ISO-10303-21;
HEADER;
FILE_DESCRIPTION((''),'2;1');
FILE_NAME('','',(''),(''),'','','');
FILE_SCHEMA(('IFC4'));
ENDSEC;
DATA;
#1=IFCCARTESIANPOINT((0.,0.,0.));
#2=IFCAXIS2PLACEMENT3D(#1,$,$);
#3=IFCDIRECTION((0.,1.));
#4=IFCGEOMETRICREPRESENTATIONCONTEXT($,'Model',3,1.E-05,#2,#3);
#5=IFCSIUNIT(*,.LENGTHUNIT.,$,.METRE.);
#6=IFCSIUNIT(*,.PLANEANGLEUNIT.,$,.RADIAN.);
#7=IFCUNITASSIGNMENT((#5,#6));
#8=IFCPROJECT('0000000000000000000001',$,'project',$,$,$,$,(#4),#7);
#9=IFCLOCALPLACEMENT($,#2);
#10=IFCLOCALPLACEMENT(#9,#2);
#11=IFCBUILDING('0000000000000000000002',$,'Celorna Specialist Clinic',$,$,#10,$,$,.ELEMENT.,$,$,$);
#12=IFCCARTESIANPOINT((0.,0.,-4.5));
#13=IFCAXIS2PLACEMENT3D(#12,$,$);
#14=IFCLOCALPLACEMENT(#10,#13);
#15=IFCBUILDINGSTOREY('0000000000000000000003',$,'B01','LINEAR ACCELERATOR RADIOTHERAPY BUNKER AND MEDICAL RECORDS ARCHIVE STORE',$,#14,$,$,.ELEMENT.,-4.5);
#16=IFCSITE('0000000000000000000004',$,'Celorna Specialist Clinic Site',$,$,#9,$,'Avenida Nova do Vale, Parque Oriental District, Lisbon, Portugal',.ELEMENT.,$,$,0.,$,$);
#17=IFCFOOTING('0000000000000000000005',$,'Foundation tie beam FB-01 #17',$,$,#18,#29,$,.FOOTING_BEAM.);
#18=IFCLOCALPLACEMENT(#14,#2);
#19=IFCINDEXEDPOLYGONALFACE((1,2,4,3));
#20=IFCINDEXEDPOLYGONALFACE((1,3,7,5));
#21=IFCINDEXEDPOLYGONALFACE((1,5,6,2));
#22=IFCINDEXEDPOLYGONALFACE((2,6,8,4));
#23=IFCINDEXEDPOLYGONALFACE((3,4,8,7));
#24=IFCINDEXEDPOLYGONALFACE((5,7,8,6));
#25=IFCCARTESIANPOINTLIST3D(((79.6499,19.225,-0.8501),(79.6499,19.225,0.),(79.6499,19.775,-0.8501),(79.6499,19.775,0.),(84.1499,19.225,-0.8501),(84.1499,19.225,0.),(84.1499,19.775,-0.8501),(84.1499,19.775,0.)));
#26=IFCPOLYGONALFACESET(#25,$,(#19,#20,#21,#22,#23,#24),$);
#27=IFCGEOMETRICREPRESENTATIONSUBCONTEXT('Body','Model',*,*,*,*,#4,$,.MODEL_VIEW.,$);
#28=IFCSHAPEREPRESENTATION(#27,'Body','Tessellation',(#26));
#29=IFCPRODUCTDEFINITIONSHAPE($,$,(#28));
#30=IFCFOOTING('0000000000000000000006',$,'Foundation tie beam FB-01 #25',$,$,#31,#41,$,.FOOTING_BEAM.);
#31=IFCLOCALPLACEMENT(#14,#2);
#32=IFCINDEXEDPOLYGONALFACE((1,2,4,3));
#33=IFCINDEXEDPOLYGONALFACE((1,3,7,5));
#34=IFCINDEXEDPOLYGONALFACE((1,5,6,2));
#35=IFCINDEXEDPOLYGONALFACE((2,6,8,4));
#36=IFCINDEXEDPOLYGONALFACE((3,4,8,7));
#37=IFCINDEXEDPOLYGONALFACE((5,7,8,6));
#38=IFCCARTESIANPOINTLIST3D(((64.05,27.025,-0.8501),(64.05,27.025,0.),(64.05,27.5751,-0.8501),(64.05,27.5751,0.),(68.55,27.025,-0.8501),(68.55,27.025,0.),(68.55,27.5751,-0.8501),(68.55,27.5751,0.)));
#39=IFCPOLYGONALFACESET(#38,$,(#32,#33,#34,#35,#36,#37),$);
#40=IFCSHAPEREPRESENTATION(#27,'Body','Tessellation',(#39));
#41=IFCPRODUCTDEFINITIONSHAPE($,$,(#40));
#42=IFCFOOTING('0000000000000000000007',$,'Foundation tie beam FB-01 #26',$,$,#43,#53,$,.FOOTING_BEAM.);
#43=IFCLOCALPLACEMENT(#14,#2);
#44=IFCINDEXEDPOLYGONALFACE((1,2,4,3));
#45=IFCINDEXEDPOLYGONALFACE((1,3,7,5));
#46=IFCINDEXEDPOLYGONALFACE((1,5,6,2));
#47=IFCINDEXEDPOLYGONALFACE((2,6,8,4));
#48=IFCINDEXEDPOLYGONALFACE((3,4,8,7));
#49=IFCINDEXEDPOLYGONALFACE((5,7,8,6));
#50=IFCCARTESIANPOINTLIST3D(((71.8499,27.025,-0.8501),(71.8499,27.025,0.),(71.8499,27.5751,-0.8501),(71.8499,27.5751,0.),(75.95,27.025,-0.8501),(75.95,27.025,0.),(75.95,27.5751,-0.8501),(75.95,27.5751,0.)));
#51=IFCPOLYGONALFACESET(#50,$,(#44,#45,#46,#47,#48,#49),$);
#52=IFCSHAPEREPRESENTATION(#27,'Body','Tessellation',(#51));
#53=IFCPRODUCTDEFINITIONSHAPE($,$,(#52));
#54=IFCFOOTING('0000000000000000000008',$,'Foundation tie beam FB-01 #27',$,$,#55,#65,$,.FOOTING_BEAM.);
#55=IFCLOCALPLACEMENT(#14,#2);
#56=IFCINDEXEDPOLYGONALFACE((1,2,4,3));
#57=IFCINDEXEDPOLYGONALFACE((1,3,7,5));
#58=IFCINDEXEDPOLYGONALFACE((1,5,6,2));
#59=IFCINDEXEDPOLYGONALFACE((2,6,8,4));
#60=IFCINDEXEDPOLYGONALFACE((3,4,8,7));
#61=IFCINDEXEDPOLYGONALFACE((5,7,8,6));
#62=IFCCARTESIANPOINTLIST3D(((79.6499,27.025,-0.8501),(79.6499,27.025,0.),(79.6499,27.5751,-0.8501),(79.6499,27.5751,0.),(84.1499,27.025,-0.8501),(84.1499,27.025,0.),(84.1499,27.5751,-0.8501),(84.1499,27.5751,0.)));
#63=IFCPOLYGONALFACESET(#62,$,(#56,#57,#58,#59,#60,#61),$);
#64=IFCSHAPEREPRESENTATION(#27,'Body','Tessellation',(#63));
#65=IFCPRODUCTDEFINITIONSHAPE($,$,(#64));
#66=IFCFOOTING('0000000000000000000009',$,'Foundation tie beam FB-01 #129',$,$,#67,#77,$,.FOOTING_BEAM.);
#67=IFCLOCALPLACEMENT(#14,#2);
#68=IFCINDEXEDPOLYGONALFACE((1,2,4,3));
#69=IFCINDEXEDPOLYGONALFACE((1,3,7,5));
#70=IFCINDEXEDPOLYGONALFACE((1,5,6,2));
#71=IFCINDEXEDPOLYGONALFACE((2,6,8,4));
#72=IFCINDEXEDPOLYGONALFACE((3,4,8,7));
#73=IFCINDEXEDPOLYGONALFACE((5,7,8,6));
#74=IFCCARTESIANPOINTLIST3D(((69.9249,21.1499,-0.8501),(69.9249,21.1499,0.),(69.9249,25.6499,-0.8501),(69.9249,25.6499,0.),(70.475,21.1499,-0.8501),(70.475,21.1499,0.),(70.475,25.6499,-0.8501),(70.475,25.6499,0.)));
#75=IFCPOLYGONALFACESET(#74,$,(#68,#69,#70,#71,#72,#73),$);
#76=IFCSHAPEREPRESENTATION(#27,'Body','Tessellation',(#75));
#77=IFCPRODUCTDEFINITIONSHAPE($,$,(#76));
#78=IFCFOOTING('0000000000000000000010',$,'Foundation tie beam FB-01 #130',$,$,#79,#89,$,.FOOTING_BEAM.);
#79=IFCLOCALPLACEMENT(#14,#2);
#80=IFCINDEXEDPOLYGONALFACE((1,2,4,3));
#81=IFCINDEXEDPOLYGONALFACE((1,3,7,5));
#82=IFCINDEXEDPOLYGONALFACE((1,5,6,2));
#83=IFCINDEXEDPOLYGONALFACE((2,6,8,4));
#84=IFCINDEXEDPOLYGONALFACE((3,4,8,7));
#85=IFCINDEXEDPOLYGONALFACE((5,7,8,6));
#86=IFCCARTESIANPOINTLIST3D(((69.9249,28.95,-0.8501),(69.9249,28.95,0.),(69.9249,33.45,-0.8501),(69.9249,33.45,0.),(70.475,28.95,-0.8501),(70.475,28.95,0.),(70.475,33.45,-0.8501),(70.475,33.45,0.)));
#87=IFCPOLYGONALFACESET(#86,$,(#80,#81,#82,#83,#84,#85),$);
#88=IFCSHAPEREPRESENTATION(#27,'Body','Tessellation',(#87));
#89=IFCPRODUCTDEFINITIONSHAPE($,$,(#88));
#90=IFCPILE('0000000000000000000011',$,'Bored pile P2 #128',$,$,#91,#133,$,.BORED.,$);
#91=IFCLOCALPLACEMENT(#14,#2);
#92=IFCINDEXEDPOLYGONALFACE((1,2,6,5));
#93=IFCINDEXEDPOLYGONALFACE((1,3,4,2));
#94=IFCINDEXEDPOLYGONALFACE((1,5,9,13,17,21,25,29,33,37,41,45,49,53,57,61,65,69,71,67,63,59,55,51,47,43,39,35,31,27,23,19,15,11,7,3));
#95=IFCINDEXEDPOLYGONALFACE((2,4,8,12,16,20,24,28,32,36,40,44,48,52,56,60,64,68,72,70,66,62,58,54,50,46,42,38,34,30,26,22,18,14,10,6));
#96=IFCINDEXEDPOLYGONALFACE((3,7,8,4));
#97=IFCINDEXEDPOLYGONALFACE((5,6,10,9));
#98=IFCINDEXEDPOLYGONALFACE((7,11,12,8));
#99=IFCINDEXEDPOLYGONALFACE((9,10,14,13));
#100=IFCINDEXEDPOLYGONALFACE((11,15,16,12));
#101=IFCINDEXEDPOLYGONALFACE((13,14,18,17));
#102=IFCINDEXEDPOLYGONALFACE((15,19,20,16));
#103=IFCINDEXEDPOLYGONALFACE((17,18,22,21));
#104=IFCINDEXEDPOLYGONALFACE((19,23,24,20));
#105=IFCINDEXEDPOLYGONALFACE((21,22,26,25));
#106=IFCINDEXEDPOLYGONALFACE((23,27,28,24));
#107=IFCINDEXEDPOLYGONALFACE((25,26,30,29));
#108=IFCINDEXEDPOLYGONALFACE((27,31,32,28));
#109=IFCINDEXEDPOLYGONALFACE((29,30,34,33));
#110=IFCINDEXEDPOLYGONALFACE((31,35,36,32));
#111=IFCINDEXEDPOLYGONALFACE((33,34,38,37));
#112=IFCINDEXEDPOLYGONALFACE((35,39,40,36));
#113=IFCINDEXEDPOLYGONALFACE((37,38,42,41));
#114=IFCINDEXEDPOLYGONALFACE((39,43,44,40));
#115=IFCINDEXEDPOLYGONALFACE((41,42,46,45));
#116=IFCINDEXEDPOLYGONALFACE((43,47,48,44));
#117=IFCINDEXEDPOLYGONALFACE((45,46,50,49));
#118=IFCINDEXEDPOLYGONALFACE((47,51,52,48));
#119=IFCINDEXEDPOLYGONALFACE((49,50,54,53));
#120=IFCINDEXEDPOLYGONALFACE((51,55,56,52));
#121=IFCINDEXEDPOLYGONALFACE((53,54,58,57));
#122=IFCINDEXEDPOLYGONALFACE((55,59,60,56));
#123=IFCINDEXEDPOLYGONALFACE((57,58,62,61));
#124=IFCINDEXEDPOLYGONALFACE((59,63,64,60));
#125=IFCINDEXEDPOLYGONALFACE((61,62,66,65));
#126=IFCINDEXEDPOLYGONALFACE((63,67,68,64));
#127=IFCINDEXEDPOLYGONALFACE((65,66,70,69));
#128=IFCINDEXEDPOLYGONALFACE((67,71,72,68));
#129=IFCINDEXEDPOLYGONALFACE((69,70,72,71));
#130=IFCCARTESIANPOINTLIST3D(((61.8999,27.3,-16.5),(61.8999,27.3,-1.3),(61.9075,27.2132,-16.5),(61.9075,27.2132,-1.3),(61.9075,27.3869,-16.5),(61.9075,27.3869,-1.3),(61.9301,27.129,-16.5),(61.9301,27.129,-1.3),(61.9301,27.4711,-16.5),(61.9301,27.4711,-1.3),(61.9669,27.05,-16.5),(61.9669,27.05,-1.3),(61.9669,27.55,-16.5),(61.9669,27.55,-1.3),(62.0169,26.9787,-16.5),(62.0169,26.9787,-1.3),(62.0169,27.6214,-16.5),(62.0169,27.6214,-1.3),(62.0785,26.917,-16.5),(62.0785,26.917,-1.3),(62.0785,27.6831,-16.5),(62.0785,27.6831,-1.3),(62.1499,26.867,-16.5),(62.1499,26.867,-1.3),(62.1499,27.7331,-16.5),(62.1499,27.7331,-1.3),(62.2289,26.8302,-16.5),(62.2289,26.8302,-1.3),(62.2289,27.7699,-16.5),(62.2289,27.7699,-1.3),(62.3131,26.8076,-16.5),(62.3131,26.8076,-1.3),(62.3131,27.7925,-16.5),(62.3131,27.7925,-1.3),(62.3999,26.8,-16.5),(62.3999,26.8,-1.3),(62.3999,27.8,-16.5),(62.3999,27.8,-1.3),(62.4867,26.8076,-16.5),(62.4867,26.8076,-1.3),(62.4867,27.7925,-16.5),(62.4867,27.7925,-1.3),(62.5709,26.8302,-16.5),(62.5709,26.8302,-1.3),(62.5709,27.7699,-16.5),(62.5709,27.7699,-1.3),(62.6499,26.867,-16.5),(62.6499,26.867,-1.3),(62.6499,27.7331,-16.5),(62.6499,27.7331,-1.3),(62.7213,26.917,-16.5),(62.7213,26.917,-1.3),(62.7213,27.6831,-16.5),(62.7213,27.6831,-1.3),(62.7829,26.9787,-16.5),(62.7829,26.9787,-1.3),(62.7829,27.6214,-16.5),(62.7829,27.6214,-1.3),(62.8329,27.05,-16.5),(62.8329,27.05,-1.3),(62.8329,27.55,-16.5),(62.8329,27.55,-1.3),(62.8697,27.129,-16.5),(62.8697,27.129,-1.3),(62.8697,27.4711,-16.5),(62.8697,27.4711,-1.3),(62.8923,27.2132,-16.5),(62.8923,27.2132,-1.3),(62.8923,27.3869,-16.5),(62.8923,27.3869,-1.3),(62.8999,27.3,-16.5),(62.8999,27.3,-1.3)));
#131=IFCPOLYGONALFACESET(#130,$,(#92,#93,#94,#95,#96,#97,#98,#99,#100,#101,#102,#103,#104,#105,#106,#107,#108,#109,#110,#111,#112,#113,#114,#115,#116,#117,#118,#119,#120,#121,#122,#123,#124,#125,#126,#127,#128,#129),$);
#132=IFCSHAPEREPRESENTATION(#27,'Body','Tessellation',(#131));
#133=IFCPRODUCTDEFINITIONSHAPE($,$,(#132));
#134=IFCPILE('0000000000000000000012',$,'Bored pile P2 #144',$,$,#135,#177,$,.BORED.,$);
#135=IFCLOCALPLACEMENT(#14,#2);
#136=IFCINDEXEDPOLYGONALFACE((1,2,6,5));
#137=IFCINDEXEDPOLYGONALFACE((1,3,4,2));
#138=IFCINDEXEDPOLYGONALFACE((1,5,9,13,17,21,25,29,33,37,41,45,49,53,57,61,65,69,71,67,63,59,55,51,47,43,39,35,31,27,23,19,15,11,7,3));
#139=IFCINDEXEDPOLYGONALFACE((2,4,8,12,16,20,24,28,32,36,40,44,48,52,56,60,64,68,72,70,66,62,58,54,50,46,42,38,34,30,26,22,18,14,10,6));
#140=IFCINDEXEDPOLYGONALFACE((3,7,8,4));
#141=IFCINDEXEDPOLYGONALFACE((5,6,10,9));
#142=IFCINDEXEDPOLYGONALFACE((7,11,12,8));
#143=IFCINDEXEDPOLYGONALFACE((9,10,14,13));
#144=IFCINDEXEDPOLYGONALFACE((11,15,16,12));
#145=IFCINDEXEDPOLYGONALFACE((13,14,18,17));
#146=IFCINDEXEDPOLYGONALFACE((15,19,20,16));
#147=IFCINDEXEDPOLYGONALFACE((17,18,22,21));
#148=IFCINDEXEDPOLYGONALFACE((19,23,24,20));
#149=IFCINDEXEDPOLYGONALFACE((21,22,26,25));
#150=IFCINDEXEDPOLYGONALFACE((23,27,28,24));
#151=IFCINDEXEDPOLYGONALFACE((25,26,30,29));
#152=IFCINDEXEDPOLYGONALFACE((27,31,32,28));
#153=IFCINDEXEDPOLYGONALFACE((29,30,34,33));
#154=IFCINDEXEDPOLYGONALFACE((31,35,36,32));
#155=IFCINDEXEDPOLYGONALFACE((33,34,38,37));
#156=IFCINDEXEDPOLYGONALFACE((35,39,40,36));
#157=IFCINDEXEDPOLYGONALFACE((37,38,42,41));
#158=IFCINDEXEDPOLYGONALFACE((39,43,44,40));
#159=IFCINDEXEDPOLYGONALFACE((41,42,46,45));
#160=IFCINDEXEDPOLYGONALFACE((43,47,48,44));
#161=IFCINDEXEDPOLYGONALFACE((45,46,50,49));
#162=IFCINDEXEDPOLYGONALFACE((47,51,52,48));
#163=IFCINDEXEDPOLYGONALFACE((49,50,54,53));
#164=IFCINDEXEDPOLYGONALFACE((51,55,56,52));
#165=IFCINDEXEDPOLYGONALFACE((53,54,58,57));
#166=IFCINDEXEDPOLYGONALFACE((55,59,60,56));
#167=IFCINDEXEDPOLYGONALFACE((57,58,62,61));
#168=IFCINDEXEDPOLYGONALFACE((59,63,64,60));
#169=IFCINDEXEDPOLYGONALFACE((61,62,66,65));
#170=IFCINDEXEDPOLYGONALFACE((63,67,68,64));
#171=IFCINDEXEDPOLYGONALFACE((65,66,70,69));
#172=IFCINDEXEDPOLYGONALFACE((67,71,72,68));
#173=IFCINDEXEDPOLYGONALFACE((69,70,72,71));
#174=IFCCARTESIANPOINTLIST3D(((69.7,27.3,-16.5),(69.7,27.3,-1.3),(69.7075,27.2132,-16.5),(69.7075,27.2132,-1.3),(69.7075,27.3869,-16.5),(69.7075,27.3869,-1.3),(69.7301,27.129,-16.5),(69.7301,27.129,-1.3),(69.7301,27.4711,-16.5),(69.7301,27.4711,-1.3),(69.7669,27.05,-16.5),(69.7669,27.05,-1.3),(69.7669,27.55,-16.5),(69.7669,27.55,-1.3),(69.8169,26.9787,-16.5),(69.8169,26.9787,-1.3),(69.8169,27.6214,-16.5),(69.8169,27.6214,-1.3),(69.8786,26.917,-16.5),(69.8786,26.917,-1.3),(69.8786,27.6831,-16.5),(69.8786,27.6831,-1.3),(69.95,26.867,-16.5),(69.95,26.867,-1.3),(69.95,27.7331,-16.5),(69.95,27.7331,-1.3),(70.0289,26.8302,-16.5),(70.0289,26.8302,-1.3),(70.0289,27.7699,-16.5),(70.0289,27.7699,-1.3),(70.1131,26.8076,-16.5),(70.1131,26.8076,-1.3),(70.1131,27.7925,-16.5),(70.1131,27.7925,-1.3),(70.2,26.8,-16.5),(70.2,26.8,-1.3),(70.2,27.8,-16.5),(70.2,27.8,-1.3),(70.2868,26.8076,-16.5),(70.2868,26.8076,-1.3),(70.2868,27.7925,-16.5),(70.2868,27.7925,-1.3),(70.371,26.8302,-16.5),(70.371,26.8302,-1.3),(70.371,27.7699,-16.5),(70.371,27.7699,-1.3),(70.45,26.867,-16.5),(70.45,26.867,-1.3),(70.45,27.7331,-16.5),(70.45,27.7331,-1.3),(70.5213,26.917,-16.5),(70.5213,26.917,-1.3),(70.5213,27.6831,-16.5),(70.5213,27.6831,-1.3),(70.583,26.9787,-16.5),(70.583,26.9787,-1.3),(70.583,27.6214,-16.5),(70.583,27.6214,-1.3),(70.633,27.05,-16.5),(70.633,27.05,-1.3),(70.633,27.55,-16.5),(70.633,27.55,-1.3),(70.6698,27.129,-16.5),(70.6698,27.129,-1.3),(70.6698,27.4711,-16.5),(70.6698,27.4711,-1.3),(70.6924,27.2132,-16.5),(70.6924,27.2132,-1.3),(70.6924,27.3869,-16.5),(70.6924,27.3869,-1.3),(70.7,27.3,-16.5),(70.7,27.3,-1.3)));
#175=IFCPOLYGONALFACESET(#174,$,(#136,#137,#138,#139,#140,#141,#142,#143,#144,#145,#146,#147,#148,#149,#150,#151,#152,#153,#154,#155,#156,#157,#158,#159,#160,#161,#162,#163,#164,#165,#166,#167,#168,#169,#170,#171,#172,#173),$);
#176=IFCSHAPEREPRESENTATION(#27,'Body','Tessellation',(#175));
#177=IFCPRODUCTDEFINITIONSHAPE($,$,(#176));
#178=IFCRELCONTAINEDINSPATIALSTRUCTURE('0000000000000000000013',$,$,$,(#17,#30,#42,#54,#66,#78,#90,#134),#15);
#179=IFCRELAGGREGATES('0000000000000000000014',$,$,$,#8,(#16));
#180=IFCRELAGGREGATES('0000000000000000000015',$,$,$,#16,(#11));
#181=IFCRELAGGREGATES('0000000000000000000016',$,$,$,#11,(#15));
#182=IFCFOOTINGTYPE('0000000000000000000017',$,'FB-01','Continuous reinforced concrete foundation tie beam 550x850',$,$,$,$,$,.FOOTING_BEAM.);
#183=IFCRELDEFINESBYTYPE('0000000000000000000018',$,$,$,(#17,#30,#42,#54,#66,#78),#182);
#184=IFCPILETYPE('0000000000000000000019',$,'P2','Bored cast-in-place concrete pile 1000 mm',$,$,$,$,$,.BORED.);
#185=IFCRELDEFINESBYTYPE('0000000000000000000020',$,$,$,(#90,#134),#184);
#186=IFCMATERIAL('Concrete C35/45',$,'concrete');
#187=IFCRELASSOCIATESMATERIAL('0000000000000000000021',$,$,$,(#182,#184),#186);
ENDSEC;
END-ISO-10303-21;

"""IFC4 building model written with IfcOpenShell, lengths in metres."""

from ifc_helpers import new_model, si_unit, direction, frame, origin, origin_2d, place, context, subcontext, project, spatial, rectangle, circle, extrude, material, material_profile, profile_set, type_object, element, save


model = new_model("IFC4")

# Units and contexts
model_context = context("Model", 3, precision=1e-05, world=origin(), true_north=direction((0.0, 1.0)))
body_context = subcontext(model_context, "Body", "Model", "MODEL_VIEW")
ifc_project = project(units=[si_unit("LENGTHUNIT", "METRE"), si_unit("PLANEANGLEUNIT", "RADIAN")], contexts=[model_context])

# Site, building, storey
site_placement = place(None, origin())
site = spatial("IfcSite", under=ifc_project, at=site_placement, Name="Celorna Specialist Clinic Site", LongName="Avenida Nova do Vale, Parque Oriental District, Lisbon, Portugal", CompositionType="ELEMENT", RefElevation=0.0)
building_placement = place(site_placement, origin())
building = spatial("IfcBuilding", under=site, at=building_placement, Name="Celorna Specialist Clinic", CompositionType="ELEMENT")
storey_placement = place(building_placement, frame((0.0, 0.0, -4.5)))
storey = spatial("IfcBuildingStorey", under=building, at=storey_placement, Name="B01", Description="LINEAR ACCELERATOR RADIOTHERAPY BUNKER AND MEDICAL RECORDS ARCHIVE STORE", CompositionType="ELEMENT", Elevation=-4.5)

# Footings
ifc_material_1 = material(Name="Concrete C35/45", Category="concrete")
footing_type_1 = type_object("IfcFootingType", Name="FB-01", Description="Continuous reinforced concrete foundation tie beam 550x850", PredefinedType="FOOTING_BEAM", material=ifc_material_1)
for number, where, z_axis, x_axis, name in (
    (1, (81.8999, 19.5, -0.8501), (0.0, 0.0, 1.0), (1.0, 0.0, 0.0), "Foundation tie beam FB-01 #17"),
    (2, (66.3, 27.3, -0.8501), (0.0, 0.0, 1.0), (1.0, 0.0, 0.0), "Foundation tie beam FB-01 #25"),
):
    element("IfcFooting", number, at=place(storey_placement, frame(where, z_axis=z_axis, x_axis=x_axis)), inside=storey, type_object=footing_type_1, Name=name, PredefinedType="FOOTING_BEAM", context=body_context, shape_type="SweptSolid", body=[
        extrude(rectangle(XDim=4.5, YDim=0.55, at=origin_2d()), origin(), (0.0, 0.0, 1.0), 0.8501),
    ])
footing_placement = place(storey_placement, frame((73.8999, 27.3, -0.8501), z_axis=(0.0, 0.0, 1.0), x_axis=(1.0, 0.0, 0.0)))
element("IfcFooting", 3, at=footing_placement, inside=storey, type_object=footing_type_1, Name="Foundation tie beam FB-01 #26", PredefinedType="FOOTING_BEAM", context=body_context, shape_type="SweptSolid", body=[
    extrude(rectangle(XDim=4.1001, YDim=0.55, at=origin_2d()), origin(), (0.0, 0.0, 1.0), 0.8501),
])
for number, where, z_axis, x_axis, name in (
    (4, (81.8999, 27.3, -0.8501), (0.0, 0.0, 1.0), (1.0, 0.0, 0.0), "Foundation tie beam FB-01 #27"),
    (5, (70.2, 23.3999, -0.8501), (0.0, 0.0, 1.0), (0.0, 1.0, 0.0), "Foundation tie beam FB-01 #129"),
    (6, (70.2, 31.2, -0.8501), (0.0, 0.0, 1.0), (0.0, 1.0, 0.0), "Foundation tie beam FB-01 #130"),
):
    element("IfcFooting", number, at=place(storey_placement, frame(where, z_axis=z_axis, x_axis=x_axis)), inside=storey, type_object=footing_type_1, Name=name, PredefinedType="FOOTING_BEAM", context=body_context, shape_type="SweptSolid", body=[
        extrude(rectangle(XDim=4.5, YDim=0.55, at=origin_2d()), origin(), (0.0, 0.0, 1.0), 0.8501),
    ])

# Piles
ifc_material_profile_1 = material_profile(ifc_material_1, circle(Radius=0.5, at=origin_2d()), Name="BORED PILE 1000")
ifc_profile_set_1 = profile_set([ifc_material_profile_1], Name="Concrete C35/45")
pile_type_1 = type_object("IfcPileType", Name="P2", Description="Bored cast-in-place concrete pile 1000 mm", PredefinedType="BORED", material=ifc_profile_set_1)
for number, where, z_axis, x_axis, name in (
    (7, (62.3999, 27.3, -1.3), (0.0, 0.0, -1.0), (1.0, 0.0, 0.0), "Bored pile P2 #128"),
    (8, (70.2, 27.3, -1.3), (0.0, 0.0, -1.0), (1.0, 0.0, 0.0), "Bored pile P2 #144"),
):
    element("IfcPile", number, at=place(storey_placement, frame(where, z_axis=z_axis, x_axis=x_axis)), inside=storey, type_object=pile_type_1, Name=name, PredefinedType="BORED", context=body_context, shape_type="SweptSolid", body=[
        extrude(circle(Radius=0.5, at=origin_2d()), origin(), (0.0, 0.0, 1.0), 15.2),
    ])

save(model, "model.ifc")
